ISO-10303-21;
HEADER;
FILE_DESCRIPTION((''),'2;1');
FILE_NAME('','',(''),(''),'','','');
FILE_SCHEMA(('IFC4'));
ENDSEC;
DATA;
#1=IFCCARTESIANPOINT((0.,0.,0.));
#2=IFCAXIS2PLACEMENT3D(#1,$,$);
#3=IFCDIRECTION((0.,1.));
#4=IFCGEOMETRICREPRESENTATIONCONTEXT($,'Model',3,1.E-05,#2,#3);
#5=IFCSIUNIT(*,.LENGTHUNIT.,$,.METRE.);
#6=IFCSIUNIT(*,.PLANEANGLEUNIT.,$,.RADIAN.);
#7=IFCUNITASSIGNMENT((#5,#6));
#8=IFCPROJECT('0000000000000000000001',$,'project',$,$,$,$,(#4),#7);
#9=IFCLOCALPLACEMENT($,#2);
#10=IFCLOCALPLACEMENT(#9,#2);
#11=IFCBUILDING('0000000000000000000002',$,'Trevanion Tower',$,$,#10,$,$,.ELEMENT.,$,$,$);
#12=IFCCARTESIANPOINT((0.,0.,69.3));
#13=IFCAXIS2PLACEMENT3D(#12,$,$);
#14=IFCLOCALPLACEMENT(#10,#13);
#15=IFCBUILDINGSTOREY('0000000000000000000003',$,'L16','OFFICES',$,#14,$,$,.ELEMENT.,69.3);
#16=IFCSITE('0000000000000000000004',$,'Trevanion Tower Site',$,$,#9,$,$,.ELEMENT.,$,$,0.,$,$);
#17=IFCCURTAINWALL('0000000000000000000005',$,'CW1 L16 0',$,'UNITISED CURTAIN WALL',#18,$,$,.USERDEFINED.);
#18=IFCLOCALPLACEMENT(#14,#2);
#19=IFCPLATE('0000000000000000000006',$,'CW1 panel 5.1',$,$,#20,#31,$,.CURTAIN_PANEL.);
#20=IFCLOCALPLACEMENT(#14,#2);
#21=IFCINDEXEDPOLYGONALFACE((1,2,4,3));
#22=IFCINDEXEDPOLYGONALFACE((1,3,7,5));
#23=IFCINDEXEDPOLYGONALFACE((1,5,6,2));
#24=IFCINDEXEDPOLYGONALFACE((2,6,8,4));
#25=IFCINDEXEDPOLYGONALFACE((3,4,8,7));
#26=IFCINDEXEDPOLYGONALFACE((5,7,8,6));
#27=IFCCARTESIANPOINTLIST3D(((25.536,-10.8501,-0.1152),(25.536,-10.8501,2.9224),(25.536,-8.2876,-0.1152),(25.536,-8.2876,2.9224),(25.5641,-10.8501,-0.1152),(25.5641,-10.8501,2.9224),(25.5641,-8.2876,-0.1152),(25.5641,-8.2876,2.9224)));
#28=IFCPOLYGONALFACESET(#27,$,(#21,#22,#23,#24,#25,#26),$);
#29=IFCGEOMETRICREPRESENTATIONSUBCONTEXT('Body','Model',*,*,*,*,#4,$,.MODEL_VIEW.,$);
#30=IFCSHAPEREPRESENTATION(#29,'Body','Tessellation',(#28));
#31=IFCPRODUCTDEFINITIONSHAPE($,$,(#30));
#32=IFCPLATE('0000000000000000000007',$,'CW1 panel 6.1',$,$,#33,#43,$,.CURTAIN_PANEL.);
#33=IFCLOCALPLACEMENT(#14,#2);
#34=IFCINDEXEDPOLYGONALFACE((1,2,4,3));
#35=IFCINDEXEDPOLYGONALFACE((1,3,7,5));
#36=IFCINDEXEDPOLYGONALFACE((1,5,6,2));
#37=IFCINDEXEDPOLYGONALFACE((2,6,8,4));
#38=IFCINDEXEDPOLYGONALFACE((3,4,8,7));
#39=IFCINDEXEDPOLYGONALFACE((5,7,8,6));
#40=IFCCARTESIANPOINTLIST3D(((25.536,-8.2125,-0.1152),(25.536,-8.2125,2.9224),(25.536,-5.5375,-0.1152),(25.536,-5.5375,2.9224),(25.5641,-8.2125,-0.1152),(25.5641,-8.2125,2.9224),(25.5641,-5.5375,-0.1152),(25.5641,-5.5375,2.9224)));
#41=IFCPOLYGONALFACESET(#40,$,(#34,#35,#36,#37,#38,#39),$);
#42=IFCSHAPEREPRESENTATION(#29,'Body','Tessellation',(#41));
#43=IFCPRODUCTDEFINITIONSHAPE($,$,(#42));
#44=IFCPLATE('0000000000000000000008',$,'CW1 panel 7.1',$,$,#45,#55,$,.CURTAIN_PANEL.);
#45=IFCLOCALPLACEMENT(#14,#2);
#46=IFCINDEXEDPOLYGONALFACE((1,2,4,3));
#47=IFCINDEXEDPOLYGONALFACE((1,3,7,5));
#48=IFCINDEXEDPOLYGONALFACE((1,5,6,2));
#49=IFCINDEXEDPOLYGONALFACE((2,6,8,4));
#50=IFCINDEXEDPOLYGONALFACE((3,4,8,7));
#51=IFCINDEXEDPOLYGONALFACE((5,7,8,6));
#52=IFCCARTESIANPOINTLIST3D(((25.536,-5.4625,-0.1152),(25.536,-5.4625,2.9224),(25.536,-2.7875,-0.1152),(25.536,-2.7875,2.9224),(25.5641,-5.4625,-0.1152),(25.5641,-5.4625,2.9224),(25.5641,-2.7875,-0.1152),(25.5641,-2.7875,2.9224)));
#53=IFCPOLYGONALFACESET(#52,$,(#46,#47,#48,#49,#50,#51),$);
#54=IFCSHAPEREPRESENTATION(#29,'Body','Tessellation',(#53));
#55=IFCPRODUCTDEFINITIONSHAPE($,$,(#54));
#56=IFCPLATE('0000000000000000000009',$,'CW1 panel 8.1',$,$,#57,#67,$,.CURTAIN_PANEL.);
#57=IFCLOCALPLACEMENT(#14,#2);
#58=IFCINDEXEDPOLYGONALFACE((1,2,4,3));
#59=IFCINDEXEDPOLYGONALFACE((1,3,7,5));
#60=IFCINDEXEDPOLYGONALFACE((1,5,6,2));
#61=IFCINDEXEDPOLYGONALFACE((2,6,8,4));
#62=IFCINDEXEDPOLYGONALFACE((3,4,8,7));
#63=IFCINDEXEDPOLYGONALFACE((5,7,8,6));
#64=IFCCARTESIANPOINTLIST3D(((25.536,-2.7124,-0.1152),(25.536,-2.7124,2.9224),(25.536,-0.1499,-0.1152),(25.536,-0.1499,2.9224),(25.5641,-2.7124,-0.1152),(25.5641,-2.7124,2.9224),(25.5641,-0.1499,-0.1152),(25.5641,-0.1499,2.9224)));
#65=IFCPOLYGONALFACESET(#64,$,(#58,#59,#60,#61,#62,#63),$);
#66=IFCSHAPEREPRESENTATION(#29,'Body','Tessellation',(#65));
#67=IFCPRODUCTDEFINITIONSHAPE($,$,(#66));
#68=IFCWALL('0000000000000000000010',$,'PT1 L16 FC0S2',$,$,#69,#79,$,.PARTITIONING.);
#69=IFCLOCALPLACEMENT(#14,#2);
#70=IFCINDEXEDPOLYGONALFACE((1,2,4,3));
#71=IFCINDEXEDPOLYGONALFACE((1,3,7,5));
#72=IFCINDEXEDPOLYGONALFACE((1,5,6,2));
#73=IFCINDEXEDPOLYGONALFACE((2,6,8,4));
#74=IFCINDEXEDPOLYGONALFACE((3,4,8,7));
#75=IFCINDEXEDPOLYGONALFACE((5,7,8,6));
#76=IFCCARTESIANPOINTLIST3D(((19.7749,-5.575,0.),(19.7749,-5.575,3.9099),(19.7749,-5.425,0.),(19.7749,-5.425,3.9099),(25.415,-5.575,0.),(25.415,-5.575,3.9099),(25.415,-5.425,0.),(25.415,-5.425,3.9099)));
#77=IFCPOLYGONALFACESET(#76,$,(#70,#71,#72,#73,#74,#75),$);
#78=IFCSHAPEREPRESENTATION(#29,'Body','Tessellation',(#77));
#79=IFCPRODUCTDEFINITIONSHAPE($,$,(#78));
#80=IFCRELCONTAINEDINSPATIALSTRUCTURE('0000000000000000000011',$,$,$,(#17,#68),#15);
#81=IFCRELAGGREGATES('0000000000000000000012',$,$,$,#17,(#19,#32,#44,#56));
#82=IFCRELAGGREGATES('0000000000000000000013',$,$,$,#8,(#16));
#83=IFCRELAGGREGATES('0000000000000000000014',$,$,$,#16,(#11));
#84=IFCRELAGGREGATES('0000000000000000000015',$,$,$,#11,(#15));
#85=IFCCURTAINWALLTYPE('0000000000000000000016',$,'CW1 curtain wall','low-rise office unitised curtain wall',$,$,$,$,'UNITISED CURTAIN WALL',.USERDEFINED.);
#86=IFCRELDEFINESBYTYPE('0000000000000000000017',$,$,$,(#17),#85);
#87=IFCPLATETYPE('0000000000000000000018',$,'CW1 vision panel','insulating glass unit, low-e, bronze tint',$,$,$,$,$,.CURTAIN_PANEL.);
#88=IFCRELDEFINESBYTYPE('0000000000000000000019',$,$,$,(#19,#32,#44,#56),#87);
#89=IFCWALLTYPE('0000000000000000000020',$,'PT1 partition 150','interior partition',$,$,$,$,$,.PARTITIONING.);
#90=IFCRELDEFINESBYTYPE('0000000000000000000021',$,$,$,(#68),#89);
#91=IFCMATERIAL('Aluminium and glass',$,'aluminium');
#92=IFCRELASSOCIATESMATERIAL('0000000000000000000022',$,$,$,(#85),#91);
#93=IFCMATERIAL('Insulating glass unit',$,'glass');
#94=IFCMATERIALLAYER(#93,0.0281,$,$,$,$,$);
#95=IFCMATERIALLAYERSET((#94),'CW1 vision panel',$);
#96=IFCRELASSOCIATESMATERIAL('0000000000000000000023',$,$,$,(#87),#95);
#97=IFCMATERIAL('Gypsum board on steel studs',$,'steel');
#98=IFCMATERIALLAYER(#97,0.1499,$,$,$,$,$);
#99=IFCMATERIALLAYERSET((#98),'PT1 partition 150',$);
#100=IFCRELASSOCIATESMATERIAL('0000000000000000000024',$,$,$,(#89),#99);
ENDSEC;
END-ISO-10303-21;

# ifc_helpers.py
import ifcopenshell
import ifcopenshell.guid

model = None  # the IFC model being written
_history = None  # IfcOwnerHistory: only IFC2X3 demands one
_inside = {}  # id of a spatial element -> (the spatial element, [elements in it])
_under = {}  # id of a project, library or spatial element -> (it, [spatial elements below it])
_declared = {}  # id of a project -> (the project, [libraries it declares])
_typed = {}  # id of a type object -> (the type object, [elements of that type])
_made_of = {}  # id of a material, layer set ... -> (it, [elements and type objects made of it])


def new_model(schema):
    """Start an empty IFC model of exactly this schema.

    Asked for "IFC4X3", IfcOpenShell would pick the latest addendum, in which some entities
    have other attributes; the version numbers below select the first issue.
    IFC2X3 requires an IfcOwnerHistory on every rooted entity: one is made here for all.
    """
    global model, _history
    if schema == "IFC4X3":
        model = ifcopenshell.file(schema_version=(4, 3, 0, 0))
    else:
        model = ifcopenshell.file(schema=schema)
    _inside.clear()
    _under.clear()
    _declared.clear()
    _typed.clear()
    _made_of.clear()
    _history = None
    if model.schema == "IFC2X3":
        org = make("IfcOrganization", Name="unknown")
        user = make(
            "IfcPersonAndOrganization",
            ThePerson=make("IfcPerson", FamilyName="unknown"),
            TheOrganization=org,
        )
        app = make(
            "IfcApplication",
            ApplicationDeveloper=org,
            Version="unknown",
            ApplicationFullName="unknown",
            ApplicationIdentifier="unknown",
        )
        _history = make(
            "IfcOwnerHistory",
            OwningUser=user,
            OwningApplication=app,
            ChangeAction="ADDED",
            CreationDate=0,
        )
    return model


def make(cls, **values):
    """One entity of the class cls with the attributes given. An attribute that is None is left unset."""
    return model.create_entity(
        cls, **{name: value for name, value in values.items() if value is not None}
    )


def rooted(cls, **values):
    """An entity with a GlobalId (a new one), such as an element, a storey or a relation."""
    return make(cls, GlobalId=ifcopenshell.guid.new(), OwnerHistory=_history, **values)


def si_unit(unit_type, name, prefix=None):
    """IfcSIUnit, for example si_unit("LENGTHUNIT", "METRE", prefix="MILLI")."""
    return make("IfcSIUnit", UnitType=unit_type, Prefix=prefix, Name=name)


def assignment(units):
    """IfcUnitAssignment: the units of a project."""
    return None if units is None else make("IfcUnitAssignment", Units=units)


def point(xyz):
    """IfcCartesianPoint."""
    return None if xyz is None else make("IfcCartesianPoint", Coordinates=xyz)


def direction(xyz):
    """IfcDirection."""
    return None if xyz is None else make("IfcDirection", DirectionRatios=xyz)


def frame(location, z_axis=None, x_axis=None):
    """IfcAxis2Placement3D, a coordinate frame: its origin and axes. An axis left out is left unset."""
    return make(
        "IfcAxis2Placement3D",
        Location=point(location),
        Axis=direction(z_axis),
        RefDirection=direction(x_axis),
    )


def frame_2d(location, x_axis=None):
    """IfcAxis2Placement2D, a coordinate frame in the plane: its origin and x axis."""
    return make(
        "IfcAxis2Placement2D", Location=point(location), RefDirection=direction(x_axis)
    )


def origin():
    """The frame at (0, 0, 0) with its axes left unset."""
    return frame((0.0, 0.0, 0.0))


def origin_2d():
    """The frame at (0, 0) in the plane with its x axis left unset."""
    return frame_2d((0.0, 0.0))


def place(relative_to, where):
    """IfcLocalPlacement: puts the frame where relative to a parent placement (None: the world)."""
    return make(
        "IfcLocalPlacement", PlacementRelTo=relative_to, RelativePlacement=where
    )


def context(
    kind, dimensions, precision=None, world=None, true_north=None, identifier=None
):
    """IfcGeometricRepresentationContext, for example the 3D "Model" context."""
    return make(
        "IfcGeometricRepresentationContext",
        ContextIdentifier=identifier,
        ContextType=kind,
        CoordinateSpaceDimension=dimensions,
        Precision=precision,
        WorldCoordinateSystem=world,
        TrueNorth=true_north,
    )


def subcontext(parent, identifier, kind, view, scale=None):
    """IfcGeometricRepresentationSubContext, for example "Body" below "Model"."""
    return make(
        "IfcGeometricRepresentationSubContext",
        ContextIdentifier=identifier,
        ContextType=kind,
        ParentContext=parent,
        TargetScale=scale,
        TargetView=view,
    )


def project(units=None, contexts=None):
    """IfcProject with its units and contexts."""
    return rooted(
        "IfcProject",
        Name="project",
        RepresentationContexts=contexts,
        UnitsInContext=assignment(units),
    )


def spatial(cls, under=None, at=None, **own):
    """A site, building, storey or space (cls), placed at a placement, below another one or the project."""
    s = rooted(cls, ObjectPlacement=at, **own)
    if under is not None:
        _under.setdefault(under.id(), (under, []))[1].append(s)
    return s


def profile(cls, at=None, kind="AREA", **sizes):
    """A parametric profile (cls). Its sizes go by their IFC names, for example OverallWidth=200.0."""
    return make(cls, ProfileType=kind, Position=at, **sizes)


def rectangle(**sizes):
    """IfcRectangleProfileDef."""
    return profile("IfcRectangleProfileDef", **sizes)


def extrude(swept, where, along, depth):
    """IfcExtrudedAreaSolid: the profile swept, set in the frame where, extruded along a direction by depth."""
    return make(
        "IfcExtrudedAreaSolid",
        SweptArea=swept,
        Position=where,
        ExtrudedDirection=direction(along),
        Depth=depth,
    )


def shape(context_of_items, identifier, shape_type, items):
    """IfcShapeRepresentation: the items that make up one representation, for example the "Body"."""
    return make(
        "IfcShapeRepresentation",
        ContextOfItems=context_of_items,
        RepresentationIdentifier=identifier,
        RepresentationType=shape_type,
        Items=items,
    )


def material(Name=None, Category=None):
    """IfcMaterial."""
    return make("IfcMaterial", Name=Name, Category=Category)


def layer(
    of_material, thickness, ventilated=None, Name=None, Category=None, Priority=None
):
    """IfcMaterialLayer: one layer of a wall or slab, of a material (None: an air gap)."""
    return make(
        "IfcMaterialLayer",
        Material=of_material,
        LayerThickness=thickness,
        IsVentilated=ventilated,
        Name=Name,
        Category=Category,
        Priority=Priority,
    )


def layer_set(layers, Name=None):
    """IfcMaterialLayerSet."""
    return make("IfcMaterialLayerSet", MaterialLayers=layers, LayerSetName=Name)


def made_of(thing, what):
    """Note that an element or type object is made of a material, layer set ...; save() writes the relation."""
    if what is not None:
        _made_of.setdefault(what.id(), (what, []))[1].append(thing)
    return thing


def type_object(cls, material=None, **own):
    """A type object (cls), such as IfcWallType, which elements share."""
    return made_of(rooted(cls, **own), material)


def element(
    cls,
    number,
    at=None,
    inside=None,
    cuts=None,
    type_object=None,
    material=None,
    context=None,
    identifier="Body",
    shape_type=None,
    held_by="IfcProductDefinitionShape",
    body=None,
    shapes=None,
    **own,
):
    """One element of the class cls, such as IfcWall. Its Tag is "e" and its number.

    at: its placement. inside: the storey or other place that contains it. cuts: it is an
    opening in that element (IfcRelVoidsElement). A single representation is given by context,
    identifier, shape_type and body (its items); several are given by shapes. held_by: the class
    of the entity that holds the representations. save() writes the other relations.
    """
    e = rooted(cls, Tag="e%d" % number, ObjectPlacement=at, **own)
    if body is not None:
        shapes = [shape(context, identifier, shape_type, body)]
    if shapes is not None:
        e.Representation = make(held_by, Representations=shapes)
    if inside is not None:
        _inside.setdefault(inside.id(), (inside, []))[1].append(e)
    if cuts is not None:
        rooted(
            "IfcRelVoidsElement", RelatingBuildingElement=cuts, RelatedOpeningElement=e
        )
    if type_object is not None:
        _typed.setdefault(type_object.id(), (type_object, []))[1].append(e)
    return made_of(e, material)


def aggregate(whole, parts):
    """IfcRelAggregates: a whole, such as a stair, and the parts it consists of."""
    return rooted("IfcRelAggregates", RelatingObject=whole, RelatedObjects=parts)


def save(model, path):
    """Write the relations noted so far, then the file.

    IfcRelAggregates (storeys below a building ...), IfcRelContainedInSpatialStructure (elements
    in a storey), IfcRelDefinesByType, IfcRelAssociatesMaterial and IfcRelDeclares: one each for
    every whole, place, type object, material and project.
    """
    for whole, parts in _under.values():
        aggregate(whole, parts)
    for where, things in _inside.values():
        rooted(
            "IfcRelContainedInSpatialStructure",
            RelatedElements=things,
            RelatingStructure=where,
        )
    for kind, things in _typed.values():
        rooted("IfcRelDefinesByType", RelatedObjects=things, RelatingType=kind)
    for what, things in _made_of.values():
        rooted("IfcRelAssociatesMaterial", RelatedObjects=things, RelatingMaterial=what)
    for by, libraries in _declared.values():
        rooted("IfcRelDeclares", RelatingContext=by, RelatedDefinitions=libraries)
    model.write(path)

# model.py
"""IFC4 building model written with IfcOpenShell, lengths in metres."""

from ifc_helpers import new_model, si_unit, direction, frame, frame_2d, origin, origin_2d, place, context, subcontext, project, spatial, rectangle, extrude, material, layer, layer_set, type_object, element, aggregate, save


model = new_model("IFC4")

# Units and contexts
model_context = context("Model", 3, precision=1e-05, world=origin(), true_north=direction((0.0, 1.0)))
body_context = subcontext(model_context, "Body", "Model", "MODEL_VIEW")
ifc_project = project(units=[si_unit("LENGTHUNIT", "METRE"), si_unit("PLANEANGLEUNIT", "RADIAN")], contexts=[model_context])

# Site, building, storey
site_placement = place(None, origin())
site = spatial("IfcSite", under=ifc_project, at=site_placement, Name="Trevanion Tower Site", CompositionType="ELEMENT", RefElevation=0.0)
building_placement = place(site_placement, origin())
building = spatial("IfcBuilding", under=site, at=building_placement, Name="Trevanion Tower", CompositionType="ELEMENT")
storey_placement = place(building_placement, frame((0.0, 0.0, 69.3)))
storey = spatial("IfcBuildingStorey", under=building, at=storey_placement, Name="L16", Description="OFFICES", CompositionType="ELEMENT", Elevation=69.3)

# Curtain wall, plates
ifc_material_1 = material(Name="Aluminium and glass", Category="aluminium")
curtain_wall_type = type_object("IfcCurtainWallType", Name="CW1 curtain wall", Description="low-rise office unitised curtain wall", ElementType="UNITISED CURTAIN WALL", PredefinedType="USERDEFINED", material=ifc_material_1)
curtain_wall_placement = place(storey_placement, origin())
curtain_wall = element("IfcCurtainWall", 1, at=curtain_wall_placement, inside=storey, type_object=curtain_wall_type, Name="CW1 L16 0", ObjectType="UNITISED CURTAIN WALL", PredefinedType="USERDEFINED")
ifc_material_2 = material(Name="Insulating glass unit", Category="glass")
ifc_layer_1 = layer(ifc_material_2, 0.0281)
ifc_layer_set_1 = layer_set([ifc_layer_1], Name="CW1 vision panel")
plate_type_1 = type_object("IfcPlateType", Name="CW1 vision panel", Description="insulating glass unit, low-e, bronze tint", PredefinedType="CURTAIN_PANEL", material=ifc_layer_set_1)
plate_1_placement = place(storey_placement, frame((25.55, -9.5688, -0.1152), z_axis=(0.0, 0.0, 1.0), x_axis=(0.0, 1.0, 0.0)))
plate_1 = element("IfcPlate", 2, at=plate_1_placement, type_object=plate_type_1, Name="CW1 panel 5.1", PredefinedType="CURTAIN_PANEL", context=body_context, shape_type="SweptSolid", body=[
    extrude(rectangle(XDim=2.5625, YDim=0.0281, at=origin_2d()), origin(), (0.0, 0.0, 1.0), 3.0376),
])
plate_2_placement = place(storey_placement, frame((25.55, -6.875, -0.1152), z_axis=(0.0, 0.0, 1.0), x_axis=(0.0, 1.0, 0.0)))
plate_2 = element("IfcPlate", 3, at=plate_2_placement, type_object=plate_type_1, Name="CW1 panel 6.1", PredefinedType="CURTAIN_PANEL", context=body_context, shape_type="SweptSolid", body=[
    extrude(rectangle(XDim=2.675, YDim=0.0281, at=origin_2d()), origin(), (0.0, 0.0, 1.0), 3.0376),
])
plate_3_placement = place(storey_placement, frame((25.55, -4.125, -0.1152), z_axis=(0.0, 0.0, 1.0), x_axis=(0.0, 1.0, 0.0)))
plate_3 = element("IfcPlate", 4, at=plate_3_placement, type_object=plate_type_1, Name="CW1 panel 7.1", PredefinedType="CURTAIN_PANEL", context=body_context, shape_type="SweptSolid", body=[
    extrude(rectangle(XDim=2.675, YDim=0.0281, at=origin_2d()), origin(), (0.0, 0.0, 1.0), 3.0376),
])
plate_4_placement = place(storey_placement, frame((25.55, -1.4312, -0.1152), z_axis=(0.0, 0.0, 1.0), x_axis=(0.0, 1.0, 0.0)))
plate_4 = element("IfcPlate", 5, at=plate_4_placement, type_object=plate_type_1, Name="CW1 panel 8.1", PredefinedType="CURTAIN_PANEL", context=body_context, shape_type="SweptSolid", body=[
    extrude(rectangle(XDim=2.5625, YDim=0.0281, at=origin_2d()), origin(), (0.0, 0.0, 1.0), 3.0376),
])
aggregate(curtain_wall, [plate_1, plate_2, plate_3, plate_4])

# Wall
ifc_material_3 = material(Name="Gypsum board on steel studs", Category="steel")
ifc_layer_2 = layer(ifc_material_3, 0.1499)
ifc_layer_set_2 = layer_set([ifc_layer_2], Name="PT1 partition 150")
wall_type = type_object("IfcWallType", Name="PT1 partition 150", Description="interior partition", PredefinedType="PARTITIONING", material=ifc_layer_set_2)
wall_placement = place(storey_placement, frame((19.7749, -5.5, 0.0), z_axis=(0.0, 0.0, 1.0), x_axis=(1.0, 0.0, 0.0)))
element("IfcWall", 6, at=wall_placement, inside=storey, type_object=wall_type, Name="PT1 L16 FC0S2", PredefinedType="PARTITIONING", context=body_context, shape_type="SweptSolid", body=[
    extrude(rectangle(XDim=5.6401, YDim=0.1499, at=frame_2d((2.8201, 0.0))), origin(), (0.0, 0.0, 1.0), 3.9099),
])

save(model, "model.ifc")
